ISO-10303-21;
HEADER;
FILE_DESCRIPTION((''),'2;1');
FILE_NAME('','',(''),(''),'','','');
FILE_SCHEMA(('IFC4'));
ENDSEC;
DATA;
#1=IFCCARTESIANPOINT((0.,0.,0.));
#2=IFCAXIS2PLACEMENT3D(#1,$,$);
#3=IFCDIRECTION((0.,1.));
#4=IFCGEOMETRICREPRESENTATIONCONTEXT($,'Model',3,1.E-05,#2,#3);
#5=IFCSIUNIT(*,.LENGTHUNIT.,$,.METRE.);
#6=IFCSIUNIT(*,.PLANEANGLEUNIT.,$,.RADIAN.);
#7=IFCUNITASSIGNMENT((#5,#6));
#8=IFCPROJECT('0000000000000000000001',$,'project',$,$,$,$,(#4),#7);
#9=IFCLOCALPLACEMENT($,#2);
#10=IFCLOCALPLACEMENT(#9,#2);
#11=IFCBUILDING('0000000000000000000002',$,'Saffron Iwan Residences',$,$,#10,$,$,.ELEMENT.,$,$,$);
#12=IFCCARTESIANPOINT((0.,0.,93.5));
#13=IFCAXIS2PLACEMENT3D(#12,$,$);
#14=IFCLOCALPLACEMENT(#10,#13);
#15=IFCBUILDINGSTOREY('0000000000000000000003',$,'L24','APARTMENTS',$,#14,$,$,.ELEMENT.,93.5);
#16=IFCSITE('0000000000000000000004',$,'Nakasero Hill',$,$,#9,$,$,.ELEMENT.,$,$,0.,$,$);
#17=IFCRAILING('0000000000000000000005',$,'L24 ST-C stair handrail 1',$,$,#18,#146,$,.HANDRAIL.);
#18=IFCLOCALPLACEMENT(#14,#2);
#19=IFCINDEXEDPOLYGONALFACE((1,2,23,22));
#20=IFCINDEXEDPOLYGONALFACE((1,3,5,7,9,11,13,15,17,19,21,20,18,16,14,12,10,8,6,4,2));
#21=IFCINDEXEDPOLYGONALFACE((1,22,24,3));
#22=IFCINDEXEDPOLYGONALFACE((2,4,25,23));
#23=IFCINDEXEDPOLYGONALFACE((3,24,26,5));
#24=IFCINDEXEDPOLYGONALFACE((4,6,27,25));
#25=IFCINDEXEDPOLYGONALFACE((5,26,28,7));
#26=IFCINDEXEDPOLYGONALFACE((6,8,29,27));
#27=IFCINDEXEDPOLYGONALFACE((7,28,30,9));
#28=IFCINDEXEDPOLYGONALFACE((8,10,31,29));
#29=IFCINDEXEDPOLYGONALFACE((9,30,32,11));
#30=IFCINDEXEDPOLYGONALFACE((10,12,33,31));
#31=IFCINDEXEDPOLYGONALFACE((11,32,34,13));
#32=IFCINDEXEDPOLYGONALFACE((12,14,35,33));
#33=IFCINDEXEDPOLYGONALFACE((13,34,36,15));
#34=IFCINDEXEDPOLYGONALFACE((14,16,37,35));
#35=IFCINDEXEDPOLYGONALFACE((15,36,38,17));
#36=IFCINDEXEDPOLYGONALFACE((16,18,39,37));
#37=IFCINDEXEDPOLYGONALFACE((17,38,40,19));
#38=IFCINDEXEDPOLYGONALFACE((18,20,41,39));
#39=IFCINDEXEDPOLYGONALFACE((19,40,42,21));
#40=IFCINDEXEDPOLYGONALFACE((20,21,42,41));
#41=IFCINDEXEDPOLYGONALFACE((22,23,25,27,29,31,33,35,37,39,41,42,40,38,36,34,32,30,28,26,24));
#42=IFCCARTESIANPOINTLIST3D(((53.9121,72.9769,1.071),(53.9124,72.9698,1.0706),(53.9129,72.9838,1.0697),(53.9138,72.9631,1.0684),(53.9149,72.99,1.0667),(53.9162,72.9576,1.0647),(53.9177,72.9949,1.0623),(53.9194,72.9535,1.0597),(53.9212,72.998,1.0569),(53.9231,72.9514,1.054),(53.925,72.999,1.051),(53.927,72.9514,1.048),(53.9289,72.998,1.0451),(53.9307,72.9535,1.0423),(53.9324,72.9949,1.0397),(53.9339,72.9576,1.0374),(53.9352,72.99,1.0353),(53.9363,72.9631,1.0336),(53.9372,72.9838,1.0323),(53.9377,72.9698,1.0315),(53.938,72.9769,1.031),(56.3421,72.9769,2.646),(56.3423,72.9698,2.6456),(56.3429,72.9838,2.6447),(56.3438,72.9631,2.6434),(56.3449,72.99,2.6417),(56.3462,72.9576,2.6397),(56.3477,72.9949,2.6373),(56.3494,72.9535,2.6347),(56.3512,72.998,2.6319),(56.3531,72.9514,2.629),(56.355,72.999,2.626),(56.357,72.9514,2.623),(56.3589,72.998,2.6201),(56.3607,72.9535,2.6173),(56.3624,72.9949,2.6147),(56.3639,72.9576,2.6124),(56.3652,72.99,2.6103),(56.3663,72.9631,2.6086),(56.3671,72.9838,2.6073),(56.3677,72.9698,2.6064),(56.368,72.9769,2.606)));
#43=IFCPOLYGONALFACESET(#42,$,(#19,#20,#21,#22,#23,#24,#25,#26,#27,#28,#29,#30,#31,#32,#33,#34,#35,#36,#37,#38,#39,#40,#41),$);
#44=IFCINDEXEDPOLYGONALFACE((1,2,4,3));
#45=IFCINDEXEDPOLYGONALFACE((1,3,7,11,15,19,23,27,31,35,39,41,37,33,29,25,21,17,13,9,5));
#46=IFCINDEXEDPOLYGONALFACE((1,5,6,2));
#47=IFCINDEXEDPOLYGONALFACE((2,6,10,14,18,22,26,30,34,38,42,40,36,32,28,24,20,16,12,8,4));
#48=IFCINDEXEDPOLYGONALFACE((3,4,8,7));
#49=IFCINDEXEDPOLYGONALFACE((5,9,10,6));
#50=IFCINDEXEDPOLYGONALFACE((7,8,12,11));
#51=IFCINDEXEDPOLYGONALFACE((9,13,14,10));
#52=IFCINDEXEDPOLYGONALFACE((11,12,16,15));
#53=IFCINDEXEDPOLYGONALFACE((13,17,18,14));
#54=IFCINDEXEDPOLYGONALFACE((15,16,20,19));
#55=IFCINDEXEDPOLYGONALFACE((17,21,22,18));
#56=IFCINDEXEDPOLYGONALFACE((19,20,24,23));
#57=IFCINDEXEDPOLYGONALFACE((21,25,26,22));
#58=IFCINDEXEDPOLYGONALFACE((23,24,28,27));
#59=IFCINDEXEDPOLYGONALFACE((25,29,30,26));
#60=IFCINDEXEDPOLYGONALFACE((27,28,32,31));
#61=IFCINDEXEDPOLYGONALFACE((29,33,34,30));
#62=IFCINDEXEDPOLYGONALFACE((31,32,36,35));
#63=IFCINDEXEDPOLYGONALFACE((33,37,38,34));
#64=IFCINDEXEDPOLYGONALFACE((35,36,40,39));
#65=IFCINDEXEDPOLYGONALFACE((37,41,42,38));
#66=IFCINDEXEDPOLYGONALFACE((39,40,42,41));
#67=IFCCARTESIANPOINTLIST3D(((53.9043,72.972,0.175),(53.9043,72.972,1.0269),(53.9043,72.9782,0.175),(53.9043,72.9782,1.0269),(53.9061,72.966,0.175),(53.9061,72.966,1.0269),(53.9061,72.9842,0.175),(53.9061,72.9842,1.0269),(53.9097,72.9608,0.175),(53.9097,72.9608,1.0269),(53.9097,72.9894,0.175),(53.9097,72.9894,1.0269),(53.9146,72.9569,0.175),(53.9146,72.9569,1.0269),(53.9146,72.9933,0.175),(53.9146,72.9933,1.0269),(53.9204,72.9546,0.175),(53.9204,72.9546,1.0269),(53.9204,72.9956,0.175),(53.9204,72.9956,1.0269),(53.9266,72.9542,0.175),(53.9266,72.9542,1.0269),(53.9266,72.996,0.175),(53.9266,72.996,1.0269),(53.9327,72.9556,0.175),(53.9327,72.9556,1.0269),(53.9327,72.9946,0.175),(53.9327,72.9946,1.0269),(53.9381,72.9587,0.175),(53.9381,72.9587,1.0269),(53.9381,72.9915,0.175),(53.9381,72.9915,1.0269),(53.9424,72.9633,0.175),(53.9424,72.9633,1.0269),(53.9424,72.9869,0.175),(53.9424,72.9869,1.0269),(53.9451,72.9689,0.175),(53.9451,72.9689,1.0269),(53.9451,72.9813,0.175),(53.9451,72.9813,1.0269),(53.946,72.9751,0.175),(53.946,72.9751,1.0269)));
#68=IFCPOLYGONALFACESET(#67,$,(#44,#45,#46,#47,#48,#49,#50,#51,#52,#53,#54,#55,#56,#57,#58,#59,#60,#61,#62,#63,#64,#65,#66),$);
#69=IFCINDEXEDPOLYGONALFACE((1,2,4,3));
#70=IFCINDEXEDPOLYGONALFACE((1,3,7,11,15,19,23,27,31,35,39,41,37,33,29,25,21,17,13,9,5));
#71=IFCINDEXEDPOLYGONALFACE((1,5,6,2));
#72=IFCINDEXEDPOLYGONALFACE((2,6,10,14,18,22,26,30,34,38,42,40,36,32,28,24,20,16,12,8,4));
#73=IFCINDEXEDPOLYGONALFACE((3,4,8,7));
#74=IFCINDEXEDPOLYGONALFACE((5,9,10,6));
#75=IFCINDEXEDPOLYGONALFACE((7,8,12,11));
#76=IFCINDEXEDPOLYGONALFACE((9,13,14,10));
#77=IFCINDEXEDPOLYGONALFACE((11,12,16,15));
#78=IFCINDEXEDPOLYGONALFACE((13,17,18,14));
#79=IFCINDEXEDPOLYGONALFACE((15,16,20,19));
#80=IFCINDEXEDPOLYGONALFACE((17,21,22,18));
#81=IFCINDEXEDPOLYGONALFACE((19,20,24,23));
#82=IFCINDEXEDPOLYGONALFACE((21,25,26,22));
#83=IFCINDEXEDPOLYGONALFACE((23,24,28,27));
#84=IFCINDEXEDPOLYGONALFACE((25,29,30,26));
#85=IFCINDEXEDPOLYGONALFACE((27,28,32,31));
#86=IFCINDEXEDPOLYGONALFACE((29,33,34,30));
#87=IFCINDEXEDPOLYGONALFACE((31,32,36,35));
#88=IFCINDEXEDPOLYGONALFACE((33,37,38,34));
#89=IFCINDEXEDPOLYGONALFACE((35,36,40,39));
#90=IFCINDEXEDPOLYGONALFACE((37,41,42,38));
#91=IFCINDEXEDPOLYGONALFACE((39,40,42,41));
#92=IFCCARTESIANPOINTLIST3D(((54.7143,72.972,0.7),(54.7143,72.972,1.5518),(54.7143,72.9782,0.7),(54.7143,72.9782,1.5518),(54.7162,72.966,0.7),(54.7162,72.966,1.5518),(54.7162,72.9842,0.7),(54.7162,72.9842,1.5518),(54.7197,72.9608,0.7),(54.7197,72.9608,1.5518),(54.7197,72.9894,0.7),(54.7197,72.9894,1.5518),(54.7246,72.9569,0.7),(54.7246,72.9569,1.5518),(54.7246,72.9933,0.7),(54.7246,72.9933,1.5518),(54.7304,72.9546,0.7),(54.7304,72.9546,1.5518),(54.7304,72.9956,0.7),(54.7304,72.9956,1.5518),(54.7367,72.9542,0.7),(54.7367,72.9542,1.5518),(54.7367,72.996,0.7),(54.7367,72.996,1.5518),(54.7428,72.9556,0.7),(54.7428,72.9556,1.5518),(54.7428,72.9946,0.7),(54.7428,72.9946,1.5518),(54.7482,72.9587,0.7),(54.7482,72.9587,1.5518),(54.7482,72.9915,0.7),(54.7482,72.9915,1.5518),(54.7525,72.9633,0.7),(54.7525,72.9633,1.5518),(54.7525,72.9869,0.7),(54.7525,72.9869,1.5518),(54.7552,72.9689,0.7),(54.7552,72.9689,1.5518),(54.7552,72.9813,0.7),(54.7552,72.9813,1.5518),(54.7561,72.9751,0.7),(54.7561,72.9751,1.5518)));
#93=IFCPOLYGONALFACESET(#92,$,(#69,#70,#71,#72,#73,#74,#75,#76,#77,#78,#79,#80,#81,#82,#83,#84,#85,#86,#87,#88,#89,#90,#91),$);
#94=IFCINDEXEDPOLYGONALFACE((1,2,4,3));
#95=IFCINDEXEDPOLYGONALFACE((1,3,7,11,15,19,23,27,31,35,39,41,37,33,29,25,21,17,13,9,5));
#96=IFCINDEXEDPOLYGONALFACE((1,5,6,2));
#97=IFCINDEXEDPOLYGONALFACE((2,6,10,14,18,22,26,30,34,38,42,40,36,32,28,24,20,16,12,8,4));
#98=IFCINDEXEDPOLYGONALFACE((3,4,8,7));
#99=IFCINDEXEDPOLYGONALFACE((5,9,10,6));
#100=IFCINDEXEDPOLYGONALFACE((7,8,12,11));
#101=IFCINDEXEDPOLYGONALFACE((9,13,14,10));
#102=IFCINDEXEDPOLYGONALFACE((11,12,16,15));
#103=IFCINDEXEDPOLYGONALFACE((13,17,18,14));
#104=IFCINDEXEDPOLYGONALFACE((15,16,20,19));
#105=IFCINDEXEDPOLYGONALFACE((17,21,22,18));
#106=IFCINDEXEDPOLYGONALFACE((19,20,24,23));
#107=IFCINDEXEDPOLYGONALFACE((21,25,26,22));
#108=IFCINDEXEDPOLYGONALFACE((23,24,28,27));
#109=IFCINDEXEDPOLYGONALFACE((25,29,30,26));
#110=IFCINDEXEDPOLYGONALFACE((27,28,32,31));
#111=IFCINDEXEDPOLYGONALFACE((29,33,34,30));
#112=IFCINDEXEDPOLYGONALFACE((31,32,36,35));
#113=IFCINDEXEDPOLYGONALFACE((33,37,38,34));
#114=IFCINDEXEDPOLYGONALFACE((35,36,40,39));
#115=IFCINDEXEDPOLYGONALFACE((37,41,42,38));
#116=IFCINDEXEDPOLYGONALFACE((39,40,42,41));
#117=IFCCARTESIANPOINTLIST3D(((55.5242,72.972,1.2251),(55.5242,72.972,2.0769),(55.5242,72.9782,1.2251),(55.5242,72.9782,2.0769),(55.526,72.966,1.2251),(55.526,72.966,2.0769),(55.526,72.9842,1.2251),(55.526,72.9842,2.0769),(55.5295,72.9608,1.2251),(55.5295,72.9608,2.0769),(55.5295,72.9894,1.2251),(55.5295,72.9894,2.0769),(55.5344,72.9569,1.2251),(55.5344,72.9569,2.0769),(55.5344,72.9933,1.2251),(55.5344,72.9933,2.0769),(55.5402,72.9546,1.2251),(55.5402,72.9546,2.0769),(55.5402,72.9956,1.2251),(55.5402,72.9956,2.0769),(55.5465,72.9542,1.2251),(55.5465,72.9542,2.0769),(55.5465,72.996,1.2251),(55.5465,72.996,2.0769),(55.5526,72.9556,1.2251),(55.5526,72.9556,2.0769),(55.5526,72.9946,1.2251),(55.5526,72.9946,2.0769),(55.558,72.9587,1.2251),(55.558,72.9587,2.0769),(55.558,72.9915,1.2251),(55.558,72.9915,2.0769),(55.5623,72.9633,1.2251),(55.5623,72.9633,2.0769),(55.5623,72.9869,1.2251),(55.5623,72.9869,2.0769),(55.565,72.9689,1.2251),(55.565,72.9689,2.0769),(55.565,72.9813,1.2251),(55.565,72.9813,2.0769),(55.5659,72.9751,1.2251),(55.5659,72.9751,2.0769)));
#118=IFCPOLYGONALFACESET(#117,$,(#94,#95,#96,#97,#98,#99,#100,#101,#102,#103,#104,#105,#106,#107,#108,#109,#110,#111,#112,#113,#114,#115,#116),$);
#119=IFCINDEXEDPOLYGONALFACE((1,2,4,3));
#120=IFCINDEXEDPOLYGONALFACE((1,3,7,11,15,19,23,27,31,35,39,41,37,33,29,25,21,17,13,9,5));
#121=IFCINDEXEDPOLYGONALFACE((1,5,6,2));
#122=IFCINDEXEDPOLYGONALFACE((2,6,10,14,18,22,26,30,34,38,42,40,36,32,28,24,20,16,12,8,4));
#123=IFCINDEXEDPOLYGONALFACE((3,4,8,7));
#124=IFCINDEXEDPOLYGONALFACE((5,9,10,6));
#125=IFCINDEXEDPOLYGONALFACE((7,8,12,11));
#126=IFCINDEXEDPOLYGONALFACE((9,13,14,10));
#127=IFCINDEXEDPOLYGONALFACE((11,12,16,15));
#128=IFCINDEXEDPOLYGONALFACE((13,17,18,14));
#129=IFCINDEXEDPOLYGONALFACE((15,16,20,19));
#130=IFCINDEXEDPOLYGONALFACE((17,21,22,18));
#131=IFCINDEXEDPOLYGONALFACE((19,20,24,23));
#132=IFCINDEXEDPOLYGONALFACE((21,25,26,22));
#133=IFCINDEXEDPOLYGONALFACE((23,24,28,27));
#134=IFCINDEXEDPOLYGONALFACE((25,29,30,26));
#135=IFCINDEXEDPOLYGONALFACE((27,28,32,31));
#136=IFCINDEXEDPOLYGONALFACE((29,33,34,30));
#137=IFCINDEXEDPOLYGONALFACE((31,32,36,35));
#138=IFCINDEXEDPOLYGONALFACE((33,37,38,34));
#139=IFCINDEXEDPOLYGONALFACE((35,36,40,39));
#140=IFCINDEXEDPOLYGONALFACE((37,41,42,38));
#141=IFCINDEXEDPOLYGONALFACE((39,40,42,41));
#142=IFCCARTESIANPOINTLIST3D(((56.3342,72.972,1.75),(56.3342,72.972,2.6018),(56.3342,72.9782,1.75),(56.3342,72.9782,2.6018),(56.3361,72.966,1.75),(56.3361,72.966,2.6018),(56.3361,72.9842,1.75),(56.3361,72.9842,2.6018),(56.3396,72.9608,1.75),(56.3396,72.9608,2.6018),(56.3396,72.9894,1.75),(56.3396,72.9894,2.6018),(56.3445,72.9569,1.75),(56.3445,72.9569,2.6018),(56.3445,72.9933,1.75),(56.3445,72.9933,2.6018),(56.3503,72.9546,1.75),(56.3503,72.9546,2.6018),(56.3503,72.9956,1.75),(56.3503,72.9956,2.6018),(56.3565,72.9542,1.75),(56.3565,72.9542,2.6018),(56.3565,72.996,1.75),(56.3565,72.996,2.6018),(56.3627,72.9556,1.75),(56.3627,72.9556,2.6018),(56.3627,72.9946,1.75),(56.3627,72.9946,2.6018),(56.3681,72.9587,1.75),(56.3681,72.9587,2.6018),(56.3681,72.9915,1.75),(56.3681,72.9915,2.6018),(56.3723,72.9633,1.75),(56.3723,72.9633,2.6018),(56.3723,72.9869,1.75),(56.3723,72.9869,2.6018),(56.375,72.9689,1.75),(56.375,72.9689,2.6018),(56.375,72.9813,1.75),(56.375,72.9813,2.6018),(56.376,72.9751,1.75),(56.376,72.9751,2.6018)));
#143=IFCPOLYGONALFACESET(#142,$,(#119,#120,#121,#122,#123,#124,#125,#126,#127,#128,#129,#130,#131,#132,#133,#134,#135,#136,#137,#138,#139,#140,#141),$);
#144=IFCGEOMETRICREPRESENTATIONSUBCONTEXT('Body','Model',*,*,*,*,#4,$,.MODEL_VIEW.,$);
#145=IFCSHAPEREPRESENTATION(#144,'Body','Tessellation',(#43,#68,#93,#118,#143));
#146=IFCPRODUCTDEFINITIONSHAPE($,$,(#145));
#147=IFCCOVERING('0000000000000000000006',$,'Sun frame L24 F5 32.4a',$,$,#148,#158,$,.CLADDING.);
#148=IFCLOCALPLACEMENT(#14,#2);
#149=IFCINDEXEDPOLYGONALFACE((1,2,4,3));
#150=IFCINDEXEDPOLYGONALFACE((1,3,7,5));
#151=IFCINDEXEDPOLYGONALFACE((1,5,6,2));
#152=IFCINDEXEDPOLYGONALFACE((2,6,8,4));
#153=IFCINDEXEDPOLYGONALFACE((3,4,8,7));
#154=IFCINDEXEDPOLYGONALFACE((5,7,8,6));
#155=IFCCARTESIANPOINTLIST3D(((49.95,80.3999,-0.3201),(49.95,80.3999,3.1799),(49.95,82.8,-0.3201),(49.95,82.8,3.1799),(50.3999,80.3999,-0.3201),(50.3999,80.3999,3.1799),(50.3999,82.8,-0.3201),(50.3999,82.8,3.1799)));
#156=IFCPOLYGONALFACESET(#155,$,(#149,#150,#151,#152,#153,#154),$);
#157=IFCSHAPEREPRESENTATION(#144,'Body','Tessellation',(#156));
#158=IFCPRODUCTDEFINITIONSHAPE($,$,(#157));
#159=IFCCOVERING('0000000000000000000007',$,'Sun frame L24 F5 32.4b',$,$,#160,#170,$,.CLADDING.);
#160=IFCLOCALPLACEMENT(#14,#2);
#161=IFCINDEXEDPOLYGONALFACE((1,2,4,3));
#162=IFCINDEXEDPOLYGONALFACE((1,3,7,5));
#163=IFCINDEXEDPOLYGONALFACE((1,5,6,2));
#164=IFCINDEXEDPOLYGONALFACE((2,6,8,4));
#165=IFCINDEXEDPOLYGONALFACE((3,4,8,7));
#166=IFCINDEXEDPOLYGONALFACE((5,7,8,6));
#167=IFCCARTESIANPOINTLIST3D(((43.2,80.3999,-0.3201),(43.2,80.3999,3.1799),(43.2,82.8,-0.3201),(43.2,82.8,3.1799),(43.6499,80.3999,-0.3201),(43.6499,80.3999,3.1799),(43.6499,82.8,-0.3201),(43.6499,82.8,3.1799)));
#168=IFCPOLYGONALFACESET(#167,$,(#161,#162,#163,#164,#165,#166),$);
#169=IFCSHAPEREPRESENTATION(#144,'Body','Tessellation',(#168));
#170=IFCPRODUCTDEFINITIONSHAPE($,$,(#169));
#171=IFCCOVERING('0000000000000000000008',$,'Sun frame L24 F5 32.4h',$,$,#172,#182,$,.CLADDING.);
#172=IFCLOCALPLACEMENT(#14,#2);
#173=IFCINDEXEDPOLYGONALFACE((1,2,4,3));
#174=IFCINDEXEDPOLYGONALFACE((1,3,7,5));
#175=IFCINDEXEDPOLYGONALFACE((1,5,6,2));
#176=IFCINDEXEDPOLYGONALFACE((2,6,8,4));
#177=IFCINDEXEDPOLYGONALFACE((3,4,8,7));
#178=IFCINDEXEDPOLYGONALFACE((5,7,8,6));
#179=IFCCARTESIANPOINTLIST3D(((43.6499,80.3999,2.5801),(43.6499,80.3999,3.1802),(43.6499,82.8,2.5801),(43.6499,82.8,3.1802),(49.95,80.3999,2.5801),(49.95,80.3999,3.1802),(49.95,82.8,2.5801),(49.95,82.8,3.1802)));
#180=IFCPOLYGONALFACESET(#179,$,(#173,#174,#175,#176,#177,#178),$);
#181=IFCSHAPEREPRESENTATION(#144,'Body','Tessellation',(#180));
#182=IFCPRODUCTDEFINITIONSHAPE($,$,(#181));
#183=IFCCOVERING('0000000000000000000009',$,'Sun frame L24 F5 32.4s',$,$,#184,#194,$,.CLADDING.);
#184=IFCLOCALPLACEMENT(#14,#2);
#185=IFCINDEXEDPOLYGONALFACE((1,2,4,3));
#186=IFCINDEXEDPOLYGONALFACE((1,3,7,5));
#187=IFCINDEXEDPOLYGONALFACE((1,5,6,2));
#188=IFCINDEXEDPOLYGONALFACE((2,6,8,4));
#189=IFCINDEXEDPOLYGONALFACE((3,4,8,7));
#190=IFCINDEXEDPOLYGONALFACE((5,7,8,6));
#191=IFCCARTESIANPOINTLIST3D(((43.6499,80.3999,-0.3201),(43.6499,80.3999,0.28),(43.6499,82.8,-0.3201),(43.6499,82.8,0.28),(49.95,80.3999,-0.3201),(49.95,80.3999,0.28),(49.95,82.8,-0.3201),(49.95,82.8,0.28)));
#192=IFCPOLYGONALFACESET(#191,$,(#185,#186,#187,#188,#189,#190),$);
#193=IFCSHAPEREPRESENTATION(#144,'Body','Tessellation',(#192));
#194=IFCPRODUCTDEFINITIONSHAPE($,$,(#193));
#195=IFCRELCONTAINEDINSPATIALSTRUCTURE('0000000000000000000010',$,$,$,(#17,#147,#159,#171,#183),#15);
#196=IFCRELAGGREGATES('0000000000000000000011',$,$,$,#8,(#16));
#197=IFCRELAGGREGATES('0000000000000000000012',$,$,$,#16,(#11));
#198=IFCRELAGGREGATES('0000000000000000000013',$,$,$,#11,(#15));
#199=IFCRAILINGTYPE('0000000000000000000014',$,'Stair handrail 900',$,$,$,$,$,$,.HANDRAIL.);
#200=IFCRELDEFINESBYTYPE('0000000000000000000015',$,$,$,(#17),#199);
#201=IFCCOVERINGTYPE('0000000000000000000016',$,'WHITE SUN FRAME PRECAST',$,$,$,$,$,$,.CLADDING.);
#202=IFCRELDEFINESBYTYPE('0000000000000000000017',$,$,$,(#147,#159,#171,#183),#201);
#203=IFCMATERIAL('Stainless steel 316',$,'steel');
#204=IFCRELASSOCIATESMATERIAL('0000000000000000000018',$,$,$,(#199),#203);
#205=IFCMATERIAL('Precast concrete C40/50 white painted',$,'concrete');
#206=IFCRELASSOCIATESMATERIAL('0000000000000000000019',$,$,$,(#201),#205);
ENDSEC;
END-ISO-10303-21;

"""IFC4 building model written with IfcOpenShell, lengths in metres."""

from ifc_helpers import new_model, si_unit, direction, frame, origin, origin_2d, place, context, subcontext, project, spatial, polyline, circle, outline, extrude, material, type_object, element, save


model = new_model("IFC4")

# Units and contexts
model_context = context("Model", 3, precision=1e-05, world=origin(), true_north=direction((0.0, 1.0)))
body_context = subcontext(model_context, "Body", "Model", "MODEL_VIEW")
ifc_project = project(units=[si_unit("LENGTHUNIT", "METRE"), si_unit("PLANEANGLEUNIT", "RADIAN")], contexts=[model_context])

# Site, building, storey
site_placement = place(None, origin())
site = spatial("IfcSite", under=ifc_project, at=site_placement, Name="Nakasero Hill", CompositionType="ELEMENT", RefElevation=0.0)
building_placement = place(site_placement, origin())
building = spatial("IfcBuilding", under=site, at=building_placement, Name="Saffron Iwan Residences", CompositionType="ELEMENT")
storey_placement = place(building_placement, frame((0.0, 0.0, 93.5)))
storey = spatial("IfcBuildingStorey", under=building, at=storey_placement, Name="L24", Description="APARTMENTS", CompositionType="ELEMENT", Elevation=93.5)

# Railing
ifc_material_1 = material(Name="Stainless steel 316", Category="steel")
railing_type_1 = type_object("IfcRailingType", Name="Stair handrail 900", PredefinedType="HANDRAIL", material=ifc_material_1)
railing_1_placement = place(storey_placement, frame((53.925, 72.9751, 0.175)))
element("IfcRailing", 1, at=railing_1_placement, inside=storey, type_object=railing_type_1, Name="L24 ST-C stair handrail 1", PredefinedType="HANDRAIL", context=body_context, shape_type="SweptSolid", body=[
    extrude(circle(Radius=0.0239, at=origin_2d()), frame((0.0, 0.0, 0.876), z_axis=(0.839154, 0.0, 0.543894), x_axis=(0.0, 1.0, 0.0)), (0.0, 0.0, 1.0), 2.8958),
    extrude(circle(Radius=0.021, at=origin_2d()), origin(), (0.0, 0.0, 1.0), 0.8518),
    extrude(circle(Radius=0.021, at=origin_2d()), frame((0.8101, 0.0, 0.5249)), (0.0, 0.0, 1.0), 0.8518),
    extrude(circle(Radius=0.021, at=origin_2d()), frame((1.6199, 0.0, 1.05)), (0.0, 0.0, 1.0), 0.8518),
    extrude(circle(Radius=0.021, at=origin_2d()), frame((2.4299, 0.0, 1.575)), (0.0, 0.0, 1.0), 0.8518),
])

# Coverings
ifc_material_2 = material(Name="Precast concrete C40/50 white painted", Category="concrete")
covering_type = type_object("IfcCoveringType", Name="WHITE SUN FRAME PRECAST", PredefinedType="CLADDING", material=ifc_material_2)
for number, where, z_axis, x_axis, name in (
    (2, (50.3999, 80.3999, -0.3201), (0.0, 1.0, 0.0), (-1.0, 0.0, 0.0), "Sun frame L24 F5 32.4a"),
    (3, (43.6499, 80.3999, -0.3201), (0.0, 1.0, 0.0), (-1.0, 0.0, 0.0), "Sun frame L24 F5 32.4b"),
):
    element("IfcCovering", number, at=place(storey_placement, frame(where, z_axis=z_axis, x_axis=x_axis)), inside=storey, type_object=covering_type, Name=name, PredefinedType="CLADDING", context=body_context, shape_type="SweptSolid", body=[
        extrude(outline(polyline([(0.0, 0.0), (0.45, 0.0), (0.45, 3.5), (0.0, 3.5), (0.0, 0.0)])), origin(), (0.0, 0.0, 1.0), 2.4001),
    ])
for number, where, z_axis, x_axis, name in (
    (4, (49.95, 80.3999, 2.5801), (0.0, 1.0, 0.0), (-1.0, 0.0, 0.0), "Sun frame L24 F5 32.4h"),
    (5, (49.95, 80.3999, -0.3201), (0.0, 1.0, 0.0), (-1.0, 0.0, 0.0), "Sun frame L24 F5 32.4s"),
):
    element("IfcCovering", number, at=place(storey_placement, frame(where, z_axis=z_axis, x_axis=x_axis)), inside=storey, type_object=covering_type, Name=name, PredefinedType="CLADDING", context=body_context, shape_type="SweptSolid", body=[
        extrude(outline(polyline([(0.0, 0.0), (6.3, 0.0), (6.3, 0.6001), (0.0, 0.6001), (0.0, 0.0)])), origin(), (0.0, 0.0, 1.0), 2.4001),
    ])

save(model, "model.ifc")
